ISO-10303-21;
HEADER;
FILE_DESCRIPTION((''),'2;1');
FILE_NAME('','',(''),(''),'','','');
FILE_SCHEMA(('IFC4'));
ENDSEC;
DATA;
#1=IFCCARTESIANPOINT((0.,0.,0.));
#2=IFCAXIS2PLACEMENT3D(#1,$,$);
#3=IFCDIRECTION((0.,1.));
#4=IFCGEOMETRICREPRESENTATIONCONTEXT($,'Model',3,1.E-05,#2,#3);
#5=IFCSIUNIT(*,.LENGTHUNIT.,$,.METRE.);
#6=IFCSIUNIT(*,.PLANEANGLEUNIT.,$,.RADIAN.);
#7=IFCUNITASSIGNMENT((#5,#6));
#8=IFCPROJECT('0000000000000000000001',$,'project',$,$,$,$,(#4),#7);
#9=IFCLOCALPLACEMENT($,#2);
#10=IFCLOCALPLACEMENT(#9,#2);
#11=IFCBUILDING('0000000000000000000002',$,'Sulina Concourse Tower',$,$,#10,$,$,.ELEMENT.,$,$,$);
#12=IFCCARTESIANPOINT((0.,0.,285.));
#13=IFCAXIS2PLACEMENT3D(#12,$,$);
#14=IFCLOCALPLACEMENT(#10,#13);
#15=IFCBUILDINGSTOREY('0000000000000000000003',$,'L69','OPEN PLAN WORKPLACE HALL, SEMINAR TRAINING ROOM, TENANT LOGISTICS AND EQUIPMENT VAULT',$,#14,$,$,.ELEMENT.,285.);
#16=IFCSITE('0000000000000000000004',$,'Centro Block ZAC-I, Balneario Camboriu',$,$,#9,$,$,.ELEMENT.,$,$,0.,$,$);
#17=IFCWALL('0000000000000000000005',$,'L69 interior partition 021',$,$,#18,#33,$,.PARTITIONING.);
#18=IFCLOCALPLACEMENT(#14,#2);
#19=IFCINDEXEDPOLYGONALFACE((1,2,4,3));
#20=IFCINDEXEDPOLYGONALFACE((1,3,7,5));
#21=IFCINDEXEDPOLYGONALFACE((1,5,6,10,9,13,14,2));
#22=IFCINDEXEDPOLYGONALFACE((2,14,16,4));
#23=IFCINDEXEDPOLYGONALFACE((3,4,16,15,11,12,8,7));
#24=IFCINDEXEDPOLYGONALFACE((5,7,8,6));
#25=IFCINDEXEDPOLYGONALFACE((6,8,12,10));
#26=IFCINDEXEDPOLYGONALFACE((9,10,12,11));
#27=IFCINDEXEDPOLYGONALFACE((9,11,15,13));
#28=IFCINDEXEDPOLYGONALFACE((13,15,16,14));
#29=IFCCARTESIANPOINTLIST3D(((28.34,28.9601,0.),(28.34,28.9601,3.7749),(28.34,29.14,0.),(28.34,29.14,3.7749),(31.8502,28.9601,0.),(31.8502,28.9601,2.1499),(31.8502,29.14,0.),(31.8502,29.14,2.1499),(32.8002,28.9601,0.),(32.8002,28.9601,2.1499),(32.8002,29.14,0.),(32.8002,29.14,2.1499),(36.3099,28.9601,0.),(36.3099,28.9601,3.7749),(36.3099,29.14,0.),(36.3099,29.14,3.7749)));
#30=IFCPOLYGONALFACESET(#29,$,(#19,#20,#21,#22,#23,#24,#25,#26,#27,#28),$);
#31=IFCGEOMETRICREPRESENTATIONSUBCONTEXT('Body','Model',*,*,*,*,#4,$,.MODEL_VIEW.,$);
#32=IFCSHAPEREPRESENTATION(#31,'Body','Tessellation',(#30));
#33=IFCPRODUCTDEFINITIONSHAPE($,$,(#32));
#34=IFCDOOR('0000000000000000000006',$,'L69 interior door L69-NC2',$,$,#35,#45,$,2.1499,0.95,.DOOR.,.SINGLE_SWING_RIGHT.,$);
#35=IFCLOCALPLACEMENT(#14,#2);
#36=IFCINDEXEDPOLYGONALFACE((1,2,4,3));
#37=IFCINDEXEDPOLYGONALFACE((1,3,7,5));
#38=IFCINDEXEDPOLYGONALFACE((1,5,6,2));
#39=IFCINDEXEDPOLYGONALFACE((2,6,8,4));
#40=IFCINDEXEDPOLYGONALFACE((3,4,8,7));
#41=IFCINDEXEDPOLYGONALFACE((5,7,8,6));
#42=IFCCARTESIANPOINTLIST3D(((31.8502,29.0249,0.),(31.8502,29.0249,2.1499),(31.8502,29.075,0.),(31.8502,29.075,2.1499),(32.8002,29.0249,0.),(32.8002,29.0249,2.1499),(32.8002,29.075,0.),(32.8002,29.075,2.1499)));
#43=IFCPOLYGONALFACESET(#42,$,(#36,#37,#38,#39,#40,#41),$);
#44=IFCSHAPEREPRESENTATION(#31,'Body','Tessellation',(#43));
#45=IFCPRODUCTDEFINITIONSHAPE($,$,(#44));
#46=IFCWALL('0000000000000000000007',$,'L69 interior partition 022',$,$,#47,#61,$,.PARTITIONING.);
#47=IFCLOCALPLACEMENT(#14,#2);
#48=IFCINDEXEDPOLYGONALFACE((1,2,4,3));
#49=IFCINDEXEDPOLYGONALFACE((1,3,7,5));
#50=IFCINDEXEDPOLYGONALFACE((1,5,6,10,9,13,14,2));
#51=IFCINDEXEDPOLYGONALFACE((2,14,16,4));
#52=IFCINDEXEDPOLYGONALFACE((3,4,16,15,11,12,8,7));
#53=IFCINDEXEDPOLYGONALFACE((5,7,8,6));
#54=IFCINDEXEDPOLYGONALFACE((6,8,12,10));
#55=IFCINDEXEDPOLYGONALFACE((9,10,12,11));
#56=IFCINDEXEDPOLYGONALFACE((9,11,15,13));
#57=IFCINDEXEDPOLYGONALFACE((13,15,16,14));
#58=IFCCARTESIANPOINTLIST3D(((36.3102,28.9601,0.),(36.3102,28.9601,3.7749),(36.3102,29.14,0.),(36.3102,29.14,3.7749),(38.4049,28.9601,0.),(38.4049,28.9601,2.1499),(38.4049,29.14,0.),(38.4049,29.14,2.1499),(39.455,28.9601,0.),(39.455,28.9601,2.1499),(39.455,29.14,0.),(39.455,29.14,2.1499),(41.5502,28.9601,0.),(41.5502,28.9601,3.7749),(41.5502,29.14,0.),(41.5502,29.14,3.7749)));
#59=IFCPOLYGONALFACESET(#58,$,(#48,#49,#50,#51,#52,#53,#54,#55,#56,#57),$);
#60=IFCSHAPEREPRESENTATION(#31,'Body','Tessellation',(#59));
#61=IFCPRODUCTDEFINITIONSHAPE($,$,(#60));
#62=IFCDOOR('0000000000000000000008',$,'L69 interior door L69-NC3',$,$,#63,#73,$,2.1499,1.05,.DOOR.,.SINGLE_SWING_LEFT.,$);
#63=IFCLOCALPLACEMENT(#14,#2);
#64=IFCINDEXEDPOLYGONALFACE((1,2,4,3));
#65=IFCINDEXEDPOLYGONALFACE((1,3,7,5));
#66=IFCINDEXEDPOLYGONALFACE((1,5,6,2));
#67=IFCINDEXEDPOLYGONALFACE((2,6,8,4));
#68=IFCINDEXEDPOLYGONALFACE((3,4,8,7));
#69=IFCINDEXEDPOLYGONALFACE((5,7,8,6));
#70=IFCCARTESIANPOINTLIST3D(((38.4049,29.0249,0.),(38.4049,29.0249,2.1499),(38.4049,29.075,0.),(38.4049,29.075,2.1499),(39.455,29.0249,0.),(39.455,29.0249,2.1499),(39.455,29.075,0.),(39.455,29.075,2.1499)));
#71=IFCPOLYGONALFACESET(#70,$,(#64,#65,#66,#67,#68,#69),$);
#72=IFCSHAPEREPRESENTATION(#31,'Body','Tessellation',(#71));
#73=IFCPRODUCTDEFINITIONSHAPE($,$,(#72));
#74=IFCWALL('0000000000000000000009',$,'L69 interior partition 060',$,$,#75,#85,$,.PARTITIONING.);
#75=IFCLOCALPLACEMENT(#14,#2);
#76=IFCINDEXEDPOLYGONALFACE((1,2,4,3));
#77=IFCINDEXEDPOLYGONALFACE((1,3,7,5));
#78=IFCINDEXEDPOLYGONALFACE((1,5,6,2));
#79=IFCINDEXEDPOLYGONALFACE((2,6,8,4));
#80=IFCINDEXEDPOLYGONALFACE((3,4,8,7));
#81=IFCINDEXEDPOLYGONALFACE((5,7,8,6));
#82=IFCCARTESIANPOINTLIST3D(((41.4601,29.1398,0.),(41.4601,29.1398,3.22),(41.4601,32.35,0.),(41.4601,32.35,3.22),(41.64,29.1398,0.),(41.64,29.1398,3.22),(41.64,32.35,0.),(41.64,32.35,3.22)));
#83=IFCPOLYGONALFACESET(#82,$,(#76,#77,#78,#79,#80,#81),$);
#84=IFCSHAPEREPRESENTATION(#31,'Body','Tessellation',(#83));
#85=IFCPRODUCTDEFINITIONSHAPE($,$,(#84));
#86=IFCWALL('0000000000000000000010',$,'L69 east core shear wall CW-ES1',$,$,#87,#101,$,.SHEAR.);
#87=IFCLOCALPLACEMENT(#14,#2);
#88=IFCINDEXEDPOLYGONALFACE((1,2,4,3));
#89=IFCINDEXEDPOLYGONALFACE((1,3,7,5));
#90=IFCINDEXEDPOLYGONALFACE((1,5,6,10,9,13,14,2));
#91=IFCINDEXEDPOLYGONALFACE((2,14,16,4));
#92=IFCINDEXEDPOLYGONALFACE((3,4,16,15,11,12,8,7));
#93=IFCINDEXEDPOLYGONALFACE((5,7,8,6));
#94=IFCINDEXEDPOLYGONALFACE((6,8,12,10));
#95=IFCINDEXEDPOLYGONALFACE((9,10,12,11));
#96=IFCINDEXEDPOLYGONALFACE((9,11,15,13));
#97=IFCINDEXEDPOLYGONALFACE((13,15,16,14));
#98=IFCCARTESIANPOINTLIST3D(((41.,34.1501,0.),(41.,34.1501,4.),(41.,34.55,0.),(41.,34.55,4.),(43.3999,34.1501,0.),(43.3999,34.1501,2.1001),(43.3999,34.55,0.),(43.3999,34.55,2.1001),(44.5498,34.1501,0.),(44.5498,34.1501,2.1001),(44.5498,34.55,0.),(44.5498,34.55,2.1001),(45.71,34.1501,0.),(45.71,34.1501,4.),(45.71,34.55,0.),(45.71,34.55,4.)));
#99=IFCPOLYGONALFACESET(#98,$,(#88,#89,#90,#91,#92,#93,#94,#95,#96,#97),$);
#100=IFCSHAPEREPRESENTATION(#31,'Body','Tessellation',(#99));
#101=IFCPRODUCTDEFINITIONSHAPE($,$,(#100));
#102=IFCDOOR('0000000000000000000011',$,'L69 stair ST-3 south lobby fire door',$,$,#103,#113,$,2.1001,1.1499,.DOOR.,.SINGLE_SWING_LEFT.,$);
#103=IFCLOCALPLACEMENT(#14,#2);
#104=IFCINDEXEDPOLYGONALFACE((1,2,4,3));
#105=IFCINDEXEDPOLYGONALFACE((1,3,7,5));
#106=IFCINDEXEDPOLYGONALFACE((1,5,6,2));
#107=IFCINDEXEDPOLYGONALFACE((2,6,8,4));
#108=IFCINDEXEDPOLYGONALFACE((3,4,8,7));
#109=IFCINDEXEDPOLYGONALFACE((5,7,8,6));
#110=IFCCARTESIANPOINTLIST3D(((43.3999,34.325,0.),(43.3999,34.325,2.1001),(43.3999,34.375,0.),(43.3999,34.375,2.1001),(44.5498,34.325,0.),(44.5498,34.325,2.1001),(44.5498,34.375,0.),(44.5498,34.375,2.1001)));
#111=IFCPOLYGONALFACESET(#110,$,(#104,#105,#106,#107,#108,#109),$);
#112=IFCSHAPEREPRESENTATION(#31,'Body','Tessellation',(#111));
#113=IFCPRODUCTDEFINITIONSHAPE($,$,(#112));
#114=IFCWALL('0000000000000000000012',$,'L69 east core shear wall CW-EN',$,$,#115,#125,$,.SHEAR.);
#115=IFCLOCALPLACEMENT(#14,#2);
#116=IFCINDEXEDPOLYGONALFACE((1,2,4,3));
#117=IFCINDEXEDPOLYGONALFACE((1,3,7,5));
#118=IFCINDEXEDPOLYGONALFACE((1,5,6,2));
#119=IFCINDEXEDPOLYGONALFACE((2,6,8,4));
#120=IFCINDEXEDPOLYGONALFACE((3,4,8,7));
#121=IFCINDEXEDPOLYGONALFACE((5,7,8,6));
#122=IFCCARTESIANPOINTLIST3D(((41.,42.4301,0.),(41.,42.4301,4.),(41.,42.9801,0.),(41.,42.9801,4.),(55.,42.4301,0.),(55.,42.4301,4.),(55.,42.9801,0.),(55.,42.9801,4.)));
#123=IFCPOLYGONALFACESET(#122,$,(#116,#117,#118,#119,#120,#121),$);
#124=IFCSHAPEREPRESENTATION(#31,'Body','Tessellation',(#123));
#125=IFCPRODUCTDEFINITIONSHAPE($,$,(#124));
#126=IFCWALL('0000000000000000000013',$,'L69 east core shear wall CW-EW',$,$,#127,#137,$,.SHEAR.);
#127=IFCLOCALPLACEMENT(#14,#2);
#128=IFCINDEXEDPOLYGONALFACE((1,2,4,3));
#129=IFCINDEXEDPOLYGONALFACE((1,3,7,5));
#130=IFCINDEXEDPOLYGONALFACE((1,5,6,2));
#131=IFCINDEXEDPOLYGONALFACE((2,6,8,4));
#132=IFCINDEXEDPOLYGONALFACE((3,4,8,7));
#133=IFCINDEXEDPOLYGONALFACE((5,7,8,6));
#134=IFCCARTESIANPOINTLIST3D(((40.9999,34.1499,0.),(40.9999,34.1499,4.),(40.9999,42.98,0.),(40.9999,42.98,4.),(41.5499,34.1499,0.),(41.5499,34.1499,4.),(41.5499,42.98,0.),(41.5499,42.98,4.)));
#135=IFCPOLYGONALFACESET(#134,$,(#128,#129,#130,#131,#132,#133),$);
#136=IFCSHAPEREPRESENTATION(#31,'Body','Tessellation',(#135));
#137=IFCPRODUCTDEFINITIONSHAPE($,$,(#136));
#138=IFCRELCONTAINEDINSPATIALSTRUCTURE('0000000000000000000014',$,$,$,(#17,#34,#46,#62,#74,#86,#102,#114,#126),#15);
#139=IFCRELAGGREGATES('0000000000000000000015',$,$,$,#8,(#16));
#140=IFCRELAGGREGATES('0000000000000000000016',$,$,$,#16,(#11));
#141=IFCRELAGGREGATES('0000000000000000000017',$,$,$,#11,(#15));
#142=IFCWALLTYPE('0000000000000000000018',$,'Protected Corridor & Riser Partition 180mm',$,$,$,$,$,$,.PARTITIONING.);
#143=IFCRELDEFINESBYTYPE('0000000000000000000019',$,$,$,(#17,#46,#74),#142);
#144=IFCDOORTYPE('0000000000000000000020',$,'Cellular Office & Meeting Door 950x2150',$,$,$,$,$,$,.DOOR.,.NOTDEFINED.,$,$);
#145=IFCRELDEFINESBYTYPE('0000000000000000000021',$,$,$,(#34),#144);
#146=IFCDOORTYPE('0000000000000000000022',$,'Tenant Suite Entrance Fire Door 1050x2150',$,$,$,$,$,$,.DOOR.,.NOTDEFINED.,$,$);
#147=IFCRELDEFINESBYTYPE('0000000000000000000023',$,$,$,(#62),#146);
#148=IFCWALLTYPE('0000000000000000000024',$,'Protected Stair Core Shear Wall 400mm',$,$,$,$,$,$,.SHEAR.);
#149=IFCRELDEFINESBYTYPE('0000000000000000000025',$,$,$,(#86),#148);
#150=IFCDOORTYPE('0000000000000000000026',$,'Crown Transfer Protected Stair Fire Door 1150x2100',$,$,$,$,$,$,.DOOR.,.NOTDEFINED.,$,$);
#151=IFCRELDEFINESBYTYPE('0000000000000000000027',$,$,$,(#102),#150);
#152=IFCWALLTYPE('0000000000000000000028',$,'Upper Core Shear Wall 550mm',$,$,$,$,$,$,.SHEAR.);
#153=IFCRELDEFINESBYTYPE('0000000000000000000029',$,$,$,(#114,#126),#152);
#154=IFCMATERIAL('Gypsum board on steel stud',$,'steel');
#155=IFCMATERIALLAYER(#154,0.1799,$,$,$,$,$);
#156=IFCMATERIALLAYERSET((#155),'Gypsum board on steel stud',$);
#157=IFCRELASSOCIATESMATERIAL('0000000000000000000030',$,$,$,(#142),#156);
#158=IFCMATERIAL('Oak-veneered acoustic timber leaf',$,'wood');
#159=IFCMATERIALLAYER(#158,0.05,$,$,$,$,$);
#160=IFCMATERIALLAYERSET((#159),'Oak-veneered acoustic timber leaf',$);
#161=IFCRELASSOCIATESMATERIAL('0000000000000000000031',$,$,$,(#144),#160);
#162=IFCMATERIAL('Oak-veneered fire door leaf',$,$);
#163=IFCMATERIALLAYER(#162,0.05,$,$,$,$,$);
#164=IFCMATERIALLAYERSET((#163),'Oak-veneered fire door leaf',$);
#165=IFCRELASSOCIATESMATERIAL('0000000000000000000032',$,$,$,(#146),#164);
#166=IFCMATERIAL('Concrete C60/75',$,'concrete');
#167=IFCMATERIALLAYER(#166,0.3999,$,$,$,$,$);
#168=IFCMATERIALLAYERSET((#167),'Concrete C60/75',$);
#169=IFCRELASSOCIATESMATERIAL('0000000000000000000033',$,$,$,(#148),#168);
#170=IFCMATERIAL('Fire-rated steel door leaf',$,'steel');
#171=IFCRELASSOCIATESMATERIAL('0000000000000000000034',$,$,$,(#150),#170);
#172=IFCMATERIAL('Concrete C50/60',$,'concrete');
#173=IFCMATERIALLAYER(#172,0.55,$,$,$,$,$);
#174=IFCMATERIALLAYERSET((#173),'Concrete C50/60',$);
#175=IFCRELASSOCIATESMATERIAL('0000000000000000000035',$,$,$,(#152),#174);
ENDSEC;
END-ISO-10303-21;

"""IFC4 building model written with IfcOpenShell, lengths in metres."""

from ifc_helpers import new_model, si_unit, direction, frame, frame_2d, origin, place, context, subcontext, project, spatial, rectangle, extrude, material, layer, layer_set, type_object, element, fill, save


model = new_model("IFC4")

# Units and contexts
model_context = context("Model", 3, precision=1e-05, world=origin(), true_north=direction((0.0, 1.0)))
body_context = subcontext(model_context, "Body", "Model", "MODEL_VIEW")
ifc_project = project(units=[si_unit("LENGTHUNIT", "METRE"), si_unit("PLANEANGLEUNIT", "RADIAN")], contexts=[model_context])

# Site, building, storey
site_placement = place(None, origin())
site = spatial("IfcSite", under=ifc_project, at=site_placement, Name="Centro Block ZAC-I, Balneario Camboriu", CompositionType="ELEMENT", RefElevation=0.0)
building_placement = place(site_placement, origin())
building = spatial("IfcBuilding", under=site, at=building_placement, Name="Sulina Concourse Tower", CompositionType="ELEMENT")
storey_placement = place(building_placement, frame((0.0, 0.0, 285.0)))
storey = spatial("IfcBuildingStorey", under=building, at=storey_placement, Name="L69", Description="OPEN PLAN WORKPLACE HALL, SEMINAR TRAINING ROOM, TENANT LOGISTICS AND EQUIPMENT VAULT", CompositionType="ELEMENT", Elevation=285.0)

# Walls, openings, doors
ifc_material_1 = material(Name="Gypsum board on steel stud", Category="steel")
ifc_layer_1 = layer(ifc_material_1, 0.1799)
ifc_layer_set_1 = layer_set([ifc_layer_1], Name="Gypsum board on steel stud")
wall_type_1 = type_object("IfcWallType", Name="Protected Corridor & Riser Partition 180mm", PredefinedType="PARTITIONING", material=ifc_layer_set_1)
ifc_material_2 = material(Name="Oak-veneered acoustic timber leaf", Category="wood")
ifc_layer_2 = layer(ifc_material_2, 0.05)
ifc_layer_set_2 = layer_set([ifc_layer_2], Name="Oak-veneered acoustic timber leaf")
door_type_1 = type_object("IfcDoorType", Name="Cellular Office & Meeting Door 950x2150", OperationType="NOTDEFINED", PredefinedType="DOOR", material=ifc_layer_set_2)
ifc_material_3 = material(Name="Oak-veneered fire door leaf")
ifc_layer_3 = layer(ifc_material_3, 0.05)
ifc_layer_set_3 = layer_set([ifc_layer_3], Name="Oak-veneered fire door leaf")
door_type_2 = type_object("IfcDoorType", Name="Tenant Suite Entrance Fire Door 1050x2150", OperationType="NOTDEFINED", PredefinedType="DOOR", material=ifc_layer_set_3)
wall_1_placement = place(storey_placement, frame((28.3401, 29.05, 0.0), z_axis=(0.0, 0.0, 1.0), x_axis=(1.0, 0.0, 0.0)))
wall_1 = element("IfcWall", 1, at=wall_1_placement, inside=storey, type_object=wall_type_1, Name="L69 interior partition 021", PredefinedType="PARTITIONING", context=body_context, shape_type="SweptSolid", body=[
    extrude(rectangle(XDim=7.97, YDim=0.1799, at=frame_2d((3.9849, 0.0))), origin(), (0.0, 0.0, 1.0), 3.7749),
])
opening_1_placement = place(wall_1_placement, frame((3.51, 0.0, 0.0)))
opening_1 = element("IfcOpeningElement", 2, at=opening_1_placement, cuts=wall_1, PredefinedType="OPENING", context=body_context, shape_type="SweptSolid", body=[
    extrude(rectangle(XDim=0.95, YDim=2.1499, at=frame_2d((0.4751, 1.075))), frame((0.0, 0.0999, 0.0), z_axis=(0.0, -1.0, 0.0), x_axis=(1.0, 0.0, 0.0)), (0.0, 0.0, 1.0), 0.2),
])
door_1_placement = place(opening_1_placement, origin())
door_1 = element("IfcDoor", 3, at=door_1_placement, inside=storey, type_object=door_type_1, Name="L69 interior door L69-NC2", OperationType="SINGLE_SWING_RIGHT", OverallHeight=2.1499, OverallWidth=0.95, PredefinedType="DOOR", context=body_context, shape_type="SweptSolid", body=[
    extrude(rectangle(XDim=0.95, YDim=2.1499, at=frame_2d((0.4751, 1.075))), frame((0.0, 0.0249, 0.0), z_axis=(0.0, -1.0, 0.0), x_axis=(1.0, 0.0, 0.0)), (0.0, 0.0, 1.0), 0.05),
])
fill(opening_1, door_1)
wall_2_placement = place(storey_placement, frame((36.3101, 29.05, 0.0), z_axis=(0.0, 0.0, 1.0), x_axis=(1.0, 0.0, 0.0)))
wall_2 = element("IfcWall", 4, at=wall_2_placement, inside=storey, type_object=wall_type_1, Name="L69 interior partition 022", PredefinedType="PARTITIONING", context=body_context, shape_type="SweptSolid", body=[
    extrude(rectangle(XDim=5.24, YDim=0.1799, at=frame_2d((2.6201, 0.0))), origin(), (0.0, 0.0, 1.0), 3.7749),
])
opening_2_placement = place(wall_2_placement, frame((2.095, 0.0, 0.0)))
opening_2 = element("IfcOpeningElement", 5, at=opening_2_placement, cuts=wall_2, PredefinedType="OPENING", context=body_context, shape_type="SweptSolid", body=[
    extrude(rectangle(XDim=1.05, YDim=2.1499, at=frame_2d((0.5249, 1.075))), frame((0.0, 0.0999, 0.0), z_axis=(0.0, -1.0, 0.0), x_axis=(1.0, 0.0, 0.0)), (0.0, 0.0, 1.0), 0.2),
])
door_2_placement = place(opening_2_placement, origin())
door_2 = element("IfcDoor", 6, at=door_2_placement, inside=storey, type_object=door_type_2, Name="L69 interior door L69-NC3", OperationType="SINGLE_SWING_LEFT", OverallHeight=2.1499, OverallWidth=1.05, PredefinedType="DOOR", context=body_context, shape_type="SweptSolid", body=[
    extrude(rectangle(XDim=1.05, YDim=2.1499, at=frame_2d((0.5249, 1.075))), frame((0.0, 0.0249, 0.0), z_axis=(0.0, -1.0, 0.0), x_axis=(1.0, 0.0, 0.0)), (0.0, 0.0, 1.0), 0.05),
])
fill(opening_2, door_2)

# Wall
wall_3_placement = place(storey_placement, frame((41.55, 29.1399, 0.0), z_axis=(0.0, 0.0, 1.0), x_axis=(0.0, 1.0, 0.0)))
element("IfcWall", 7, at=wall_3_placement, inside=storey, type_object=wall_type_1, Name="L69 interior partition 060", PredefinedType="PARTITIONING", context=body_context, shape_type="SweptSolid", body=[
    extrude(rectangle(XDim=3.2102, YDim=0.1799, at=frame_2d((1.605, 0.0))), origin(), (0.0, 0.0, 1.0), 3.22),
])

# Wall, opening, door
ifc_material_4 = material(Name="Concrete C60/75", Category="concrete")
ifc_layer_4 = layer(ifc_material_4, 0.3999)
ifc_layer_set_4 = layer_set([ifc_layer_4], Name="Concrete C60/75")
wall_type_2 = type_object("IfcWallType", Name="Protected Stair Core Shear Wall 400mm", PredefinedType="SHEAR", material=ifc_layer_set_4)
wall_4_placement = place(storey_placement, frame((41.0, 34.3501, 0.0), z_axis=(0.0, 0.0, 1.0), x_axis=(1.0, 0.0, 0.0)))
wall_4 = element("IfcWall", 8, at=wall_4_placement, inside=storey, type_object=wall_type_2, Name="L69 east core shear wall CW-ES1", PredefinedType="SHEAR", context=body_context, shape_type="SweptSolid", body=[
    extrude(rectangle(XDim=4.71, YDim=0.3999, at=frame_2d((2.355, 0.0))), origin(), (0.0, 0.0, 1.0), 4.0),
])
opening_3_placement = place(wall_4_placement, frame((2.3999, 0.0, 0.0)))
opening_3 = element("IfcOpeningElement", 9, at=opening_3_placement, cuts=wall_4, PredefinedType="OPENING", context=body_context, shape_type="SweptSolid", body=[
    extrude(rectangle(XDim=1.1499, YDim=2.1001, at=frame_2d((0.575, 1.05))), frame((0.0, 0.21, 0.0), z_axis=(0.0, -1.0, 0.0), x_axis=(1.0, 0.0, 0.0)), (0.0, 0.0, 1.0), 0.4199),
])
ifc_material_5 = material(Name="Fire-rated steel door leaf", Category="steel")
door_type_3 = type_object("IfcDoorType", Name="Crown Transfer Protected Stair Fire Door 1150x2100", OperationType="NOTDEFINED", PredefinedType="DOOR", material=ifc_material_5)
door_3_placement = place(opening_3_placement, origin())
door_3 = element("IfcDoor", 10, at=door_3_placement, inside=storey, type_object=door_type_3, Name="L69 stair ST-3 south lobby fire door", OperationType="SINGLE_SWING_LEFT", OverallHeight=2.1001, OverallWidth=1.1499, PredefinedType="DOOR", context=body_context, shape_type="SweptSolid", body=[
    extrude(rectangle(XDim=1.1499, YDim=2.1001, at=frame_2d((0.575, 1.05))), frame((0.0, 0.0249, 0.0), z_axis=(0.0, -1.0, 0.0), x_axis=(1.0, 0.0, 0.0)), (0.0, 0.0, 1.0), 0.05),
])
fill(opening_3, door_3)

# Walls
ifc_material_6 = material(Name="Concrete C50/60", Category="concrete")
ifc_layer_5 = layer(ifc_material_6, 0.55)
ifc_layer_set_5 = layer_set([ifc_layer_5], Name="Concrete C50/60")
wall_type_3 = type_object("IfcWallType", Name="Upper Core Shear Wall 550mm", PredefinedType="SHEAR", material=ifc_layer_set_5)
wall_5_placement = place(storey_placement, frame((41.0, 42.7051, 0.0), z_axis=(0.0, 0.0, 1.0), x_axis=(1.0, 0.0, 0.0)))
element("IfcWall", 11, at=wall_5_placement, inside=storey, type_object=wall_type_3, Name="L69 east core shear wall CW-EN", PredefinedType="SHEAR", context=body_context, shape_type="SweptSolid", body=[
    extrude(rectangle(XDim=14.0, YDim=0.55, at=frame_2d((7.0, 0.0))), origin(), (0.0, 0.0, 1.0), 4.0),
])
wall_6_placement = place(storey_placement, frame((41.2749, 34.1499, 0.0), z_axis=(0.0, 0.0, 1.0), x_axis=(0.0, 1.0, 0.0)))
element("IfcWall", 12, at=wall_6_placement, inside=storey, type_object=wall_type_3, Name="L69 east core shear wall CW-EW", PredefinedType="SHEAR", context=body_context, shape_type="SweptSolid", body=[
    extrude(rectangle(XDim=8.8301, YDim=0.55, at=frame_2d((4.415, 0.0))), origin(), (0.0, 0.0, 1.0), 4.0),
])

save(model, "model.ifc")
